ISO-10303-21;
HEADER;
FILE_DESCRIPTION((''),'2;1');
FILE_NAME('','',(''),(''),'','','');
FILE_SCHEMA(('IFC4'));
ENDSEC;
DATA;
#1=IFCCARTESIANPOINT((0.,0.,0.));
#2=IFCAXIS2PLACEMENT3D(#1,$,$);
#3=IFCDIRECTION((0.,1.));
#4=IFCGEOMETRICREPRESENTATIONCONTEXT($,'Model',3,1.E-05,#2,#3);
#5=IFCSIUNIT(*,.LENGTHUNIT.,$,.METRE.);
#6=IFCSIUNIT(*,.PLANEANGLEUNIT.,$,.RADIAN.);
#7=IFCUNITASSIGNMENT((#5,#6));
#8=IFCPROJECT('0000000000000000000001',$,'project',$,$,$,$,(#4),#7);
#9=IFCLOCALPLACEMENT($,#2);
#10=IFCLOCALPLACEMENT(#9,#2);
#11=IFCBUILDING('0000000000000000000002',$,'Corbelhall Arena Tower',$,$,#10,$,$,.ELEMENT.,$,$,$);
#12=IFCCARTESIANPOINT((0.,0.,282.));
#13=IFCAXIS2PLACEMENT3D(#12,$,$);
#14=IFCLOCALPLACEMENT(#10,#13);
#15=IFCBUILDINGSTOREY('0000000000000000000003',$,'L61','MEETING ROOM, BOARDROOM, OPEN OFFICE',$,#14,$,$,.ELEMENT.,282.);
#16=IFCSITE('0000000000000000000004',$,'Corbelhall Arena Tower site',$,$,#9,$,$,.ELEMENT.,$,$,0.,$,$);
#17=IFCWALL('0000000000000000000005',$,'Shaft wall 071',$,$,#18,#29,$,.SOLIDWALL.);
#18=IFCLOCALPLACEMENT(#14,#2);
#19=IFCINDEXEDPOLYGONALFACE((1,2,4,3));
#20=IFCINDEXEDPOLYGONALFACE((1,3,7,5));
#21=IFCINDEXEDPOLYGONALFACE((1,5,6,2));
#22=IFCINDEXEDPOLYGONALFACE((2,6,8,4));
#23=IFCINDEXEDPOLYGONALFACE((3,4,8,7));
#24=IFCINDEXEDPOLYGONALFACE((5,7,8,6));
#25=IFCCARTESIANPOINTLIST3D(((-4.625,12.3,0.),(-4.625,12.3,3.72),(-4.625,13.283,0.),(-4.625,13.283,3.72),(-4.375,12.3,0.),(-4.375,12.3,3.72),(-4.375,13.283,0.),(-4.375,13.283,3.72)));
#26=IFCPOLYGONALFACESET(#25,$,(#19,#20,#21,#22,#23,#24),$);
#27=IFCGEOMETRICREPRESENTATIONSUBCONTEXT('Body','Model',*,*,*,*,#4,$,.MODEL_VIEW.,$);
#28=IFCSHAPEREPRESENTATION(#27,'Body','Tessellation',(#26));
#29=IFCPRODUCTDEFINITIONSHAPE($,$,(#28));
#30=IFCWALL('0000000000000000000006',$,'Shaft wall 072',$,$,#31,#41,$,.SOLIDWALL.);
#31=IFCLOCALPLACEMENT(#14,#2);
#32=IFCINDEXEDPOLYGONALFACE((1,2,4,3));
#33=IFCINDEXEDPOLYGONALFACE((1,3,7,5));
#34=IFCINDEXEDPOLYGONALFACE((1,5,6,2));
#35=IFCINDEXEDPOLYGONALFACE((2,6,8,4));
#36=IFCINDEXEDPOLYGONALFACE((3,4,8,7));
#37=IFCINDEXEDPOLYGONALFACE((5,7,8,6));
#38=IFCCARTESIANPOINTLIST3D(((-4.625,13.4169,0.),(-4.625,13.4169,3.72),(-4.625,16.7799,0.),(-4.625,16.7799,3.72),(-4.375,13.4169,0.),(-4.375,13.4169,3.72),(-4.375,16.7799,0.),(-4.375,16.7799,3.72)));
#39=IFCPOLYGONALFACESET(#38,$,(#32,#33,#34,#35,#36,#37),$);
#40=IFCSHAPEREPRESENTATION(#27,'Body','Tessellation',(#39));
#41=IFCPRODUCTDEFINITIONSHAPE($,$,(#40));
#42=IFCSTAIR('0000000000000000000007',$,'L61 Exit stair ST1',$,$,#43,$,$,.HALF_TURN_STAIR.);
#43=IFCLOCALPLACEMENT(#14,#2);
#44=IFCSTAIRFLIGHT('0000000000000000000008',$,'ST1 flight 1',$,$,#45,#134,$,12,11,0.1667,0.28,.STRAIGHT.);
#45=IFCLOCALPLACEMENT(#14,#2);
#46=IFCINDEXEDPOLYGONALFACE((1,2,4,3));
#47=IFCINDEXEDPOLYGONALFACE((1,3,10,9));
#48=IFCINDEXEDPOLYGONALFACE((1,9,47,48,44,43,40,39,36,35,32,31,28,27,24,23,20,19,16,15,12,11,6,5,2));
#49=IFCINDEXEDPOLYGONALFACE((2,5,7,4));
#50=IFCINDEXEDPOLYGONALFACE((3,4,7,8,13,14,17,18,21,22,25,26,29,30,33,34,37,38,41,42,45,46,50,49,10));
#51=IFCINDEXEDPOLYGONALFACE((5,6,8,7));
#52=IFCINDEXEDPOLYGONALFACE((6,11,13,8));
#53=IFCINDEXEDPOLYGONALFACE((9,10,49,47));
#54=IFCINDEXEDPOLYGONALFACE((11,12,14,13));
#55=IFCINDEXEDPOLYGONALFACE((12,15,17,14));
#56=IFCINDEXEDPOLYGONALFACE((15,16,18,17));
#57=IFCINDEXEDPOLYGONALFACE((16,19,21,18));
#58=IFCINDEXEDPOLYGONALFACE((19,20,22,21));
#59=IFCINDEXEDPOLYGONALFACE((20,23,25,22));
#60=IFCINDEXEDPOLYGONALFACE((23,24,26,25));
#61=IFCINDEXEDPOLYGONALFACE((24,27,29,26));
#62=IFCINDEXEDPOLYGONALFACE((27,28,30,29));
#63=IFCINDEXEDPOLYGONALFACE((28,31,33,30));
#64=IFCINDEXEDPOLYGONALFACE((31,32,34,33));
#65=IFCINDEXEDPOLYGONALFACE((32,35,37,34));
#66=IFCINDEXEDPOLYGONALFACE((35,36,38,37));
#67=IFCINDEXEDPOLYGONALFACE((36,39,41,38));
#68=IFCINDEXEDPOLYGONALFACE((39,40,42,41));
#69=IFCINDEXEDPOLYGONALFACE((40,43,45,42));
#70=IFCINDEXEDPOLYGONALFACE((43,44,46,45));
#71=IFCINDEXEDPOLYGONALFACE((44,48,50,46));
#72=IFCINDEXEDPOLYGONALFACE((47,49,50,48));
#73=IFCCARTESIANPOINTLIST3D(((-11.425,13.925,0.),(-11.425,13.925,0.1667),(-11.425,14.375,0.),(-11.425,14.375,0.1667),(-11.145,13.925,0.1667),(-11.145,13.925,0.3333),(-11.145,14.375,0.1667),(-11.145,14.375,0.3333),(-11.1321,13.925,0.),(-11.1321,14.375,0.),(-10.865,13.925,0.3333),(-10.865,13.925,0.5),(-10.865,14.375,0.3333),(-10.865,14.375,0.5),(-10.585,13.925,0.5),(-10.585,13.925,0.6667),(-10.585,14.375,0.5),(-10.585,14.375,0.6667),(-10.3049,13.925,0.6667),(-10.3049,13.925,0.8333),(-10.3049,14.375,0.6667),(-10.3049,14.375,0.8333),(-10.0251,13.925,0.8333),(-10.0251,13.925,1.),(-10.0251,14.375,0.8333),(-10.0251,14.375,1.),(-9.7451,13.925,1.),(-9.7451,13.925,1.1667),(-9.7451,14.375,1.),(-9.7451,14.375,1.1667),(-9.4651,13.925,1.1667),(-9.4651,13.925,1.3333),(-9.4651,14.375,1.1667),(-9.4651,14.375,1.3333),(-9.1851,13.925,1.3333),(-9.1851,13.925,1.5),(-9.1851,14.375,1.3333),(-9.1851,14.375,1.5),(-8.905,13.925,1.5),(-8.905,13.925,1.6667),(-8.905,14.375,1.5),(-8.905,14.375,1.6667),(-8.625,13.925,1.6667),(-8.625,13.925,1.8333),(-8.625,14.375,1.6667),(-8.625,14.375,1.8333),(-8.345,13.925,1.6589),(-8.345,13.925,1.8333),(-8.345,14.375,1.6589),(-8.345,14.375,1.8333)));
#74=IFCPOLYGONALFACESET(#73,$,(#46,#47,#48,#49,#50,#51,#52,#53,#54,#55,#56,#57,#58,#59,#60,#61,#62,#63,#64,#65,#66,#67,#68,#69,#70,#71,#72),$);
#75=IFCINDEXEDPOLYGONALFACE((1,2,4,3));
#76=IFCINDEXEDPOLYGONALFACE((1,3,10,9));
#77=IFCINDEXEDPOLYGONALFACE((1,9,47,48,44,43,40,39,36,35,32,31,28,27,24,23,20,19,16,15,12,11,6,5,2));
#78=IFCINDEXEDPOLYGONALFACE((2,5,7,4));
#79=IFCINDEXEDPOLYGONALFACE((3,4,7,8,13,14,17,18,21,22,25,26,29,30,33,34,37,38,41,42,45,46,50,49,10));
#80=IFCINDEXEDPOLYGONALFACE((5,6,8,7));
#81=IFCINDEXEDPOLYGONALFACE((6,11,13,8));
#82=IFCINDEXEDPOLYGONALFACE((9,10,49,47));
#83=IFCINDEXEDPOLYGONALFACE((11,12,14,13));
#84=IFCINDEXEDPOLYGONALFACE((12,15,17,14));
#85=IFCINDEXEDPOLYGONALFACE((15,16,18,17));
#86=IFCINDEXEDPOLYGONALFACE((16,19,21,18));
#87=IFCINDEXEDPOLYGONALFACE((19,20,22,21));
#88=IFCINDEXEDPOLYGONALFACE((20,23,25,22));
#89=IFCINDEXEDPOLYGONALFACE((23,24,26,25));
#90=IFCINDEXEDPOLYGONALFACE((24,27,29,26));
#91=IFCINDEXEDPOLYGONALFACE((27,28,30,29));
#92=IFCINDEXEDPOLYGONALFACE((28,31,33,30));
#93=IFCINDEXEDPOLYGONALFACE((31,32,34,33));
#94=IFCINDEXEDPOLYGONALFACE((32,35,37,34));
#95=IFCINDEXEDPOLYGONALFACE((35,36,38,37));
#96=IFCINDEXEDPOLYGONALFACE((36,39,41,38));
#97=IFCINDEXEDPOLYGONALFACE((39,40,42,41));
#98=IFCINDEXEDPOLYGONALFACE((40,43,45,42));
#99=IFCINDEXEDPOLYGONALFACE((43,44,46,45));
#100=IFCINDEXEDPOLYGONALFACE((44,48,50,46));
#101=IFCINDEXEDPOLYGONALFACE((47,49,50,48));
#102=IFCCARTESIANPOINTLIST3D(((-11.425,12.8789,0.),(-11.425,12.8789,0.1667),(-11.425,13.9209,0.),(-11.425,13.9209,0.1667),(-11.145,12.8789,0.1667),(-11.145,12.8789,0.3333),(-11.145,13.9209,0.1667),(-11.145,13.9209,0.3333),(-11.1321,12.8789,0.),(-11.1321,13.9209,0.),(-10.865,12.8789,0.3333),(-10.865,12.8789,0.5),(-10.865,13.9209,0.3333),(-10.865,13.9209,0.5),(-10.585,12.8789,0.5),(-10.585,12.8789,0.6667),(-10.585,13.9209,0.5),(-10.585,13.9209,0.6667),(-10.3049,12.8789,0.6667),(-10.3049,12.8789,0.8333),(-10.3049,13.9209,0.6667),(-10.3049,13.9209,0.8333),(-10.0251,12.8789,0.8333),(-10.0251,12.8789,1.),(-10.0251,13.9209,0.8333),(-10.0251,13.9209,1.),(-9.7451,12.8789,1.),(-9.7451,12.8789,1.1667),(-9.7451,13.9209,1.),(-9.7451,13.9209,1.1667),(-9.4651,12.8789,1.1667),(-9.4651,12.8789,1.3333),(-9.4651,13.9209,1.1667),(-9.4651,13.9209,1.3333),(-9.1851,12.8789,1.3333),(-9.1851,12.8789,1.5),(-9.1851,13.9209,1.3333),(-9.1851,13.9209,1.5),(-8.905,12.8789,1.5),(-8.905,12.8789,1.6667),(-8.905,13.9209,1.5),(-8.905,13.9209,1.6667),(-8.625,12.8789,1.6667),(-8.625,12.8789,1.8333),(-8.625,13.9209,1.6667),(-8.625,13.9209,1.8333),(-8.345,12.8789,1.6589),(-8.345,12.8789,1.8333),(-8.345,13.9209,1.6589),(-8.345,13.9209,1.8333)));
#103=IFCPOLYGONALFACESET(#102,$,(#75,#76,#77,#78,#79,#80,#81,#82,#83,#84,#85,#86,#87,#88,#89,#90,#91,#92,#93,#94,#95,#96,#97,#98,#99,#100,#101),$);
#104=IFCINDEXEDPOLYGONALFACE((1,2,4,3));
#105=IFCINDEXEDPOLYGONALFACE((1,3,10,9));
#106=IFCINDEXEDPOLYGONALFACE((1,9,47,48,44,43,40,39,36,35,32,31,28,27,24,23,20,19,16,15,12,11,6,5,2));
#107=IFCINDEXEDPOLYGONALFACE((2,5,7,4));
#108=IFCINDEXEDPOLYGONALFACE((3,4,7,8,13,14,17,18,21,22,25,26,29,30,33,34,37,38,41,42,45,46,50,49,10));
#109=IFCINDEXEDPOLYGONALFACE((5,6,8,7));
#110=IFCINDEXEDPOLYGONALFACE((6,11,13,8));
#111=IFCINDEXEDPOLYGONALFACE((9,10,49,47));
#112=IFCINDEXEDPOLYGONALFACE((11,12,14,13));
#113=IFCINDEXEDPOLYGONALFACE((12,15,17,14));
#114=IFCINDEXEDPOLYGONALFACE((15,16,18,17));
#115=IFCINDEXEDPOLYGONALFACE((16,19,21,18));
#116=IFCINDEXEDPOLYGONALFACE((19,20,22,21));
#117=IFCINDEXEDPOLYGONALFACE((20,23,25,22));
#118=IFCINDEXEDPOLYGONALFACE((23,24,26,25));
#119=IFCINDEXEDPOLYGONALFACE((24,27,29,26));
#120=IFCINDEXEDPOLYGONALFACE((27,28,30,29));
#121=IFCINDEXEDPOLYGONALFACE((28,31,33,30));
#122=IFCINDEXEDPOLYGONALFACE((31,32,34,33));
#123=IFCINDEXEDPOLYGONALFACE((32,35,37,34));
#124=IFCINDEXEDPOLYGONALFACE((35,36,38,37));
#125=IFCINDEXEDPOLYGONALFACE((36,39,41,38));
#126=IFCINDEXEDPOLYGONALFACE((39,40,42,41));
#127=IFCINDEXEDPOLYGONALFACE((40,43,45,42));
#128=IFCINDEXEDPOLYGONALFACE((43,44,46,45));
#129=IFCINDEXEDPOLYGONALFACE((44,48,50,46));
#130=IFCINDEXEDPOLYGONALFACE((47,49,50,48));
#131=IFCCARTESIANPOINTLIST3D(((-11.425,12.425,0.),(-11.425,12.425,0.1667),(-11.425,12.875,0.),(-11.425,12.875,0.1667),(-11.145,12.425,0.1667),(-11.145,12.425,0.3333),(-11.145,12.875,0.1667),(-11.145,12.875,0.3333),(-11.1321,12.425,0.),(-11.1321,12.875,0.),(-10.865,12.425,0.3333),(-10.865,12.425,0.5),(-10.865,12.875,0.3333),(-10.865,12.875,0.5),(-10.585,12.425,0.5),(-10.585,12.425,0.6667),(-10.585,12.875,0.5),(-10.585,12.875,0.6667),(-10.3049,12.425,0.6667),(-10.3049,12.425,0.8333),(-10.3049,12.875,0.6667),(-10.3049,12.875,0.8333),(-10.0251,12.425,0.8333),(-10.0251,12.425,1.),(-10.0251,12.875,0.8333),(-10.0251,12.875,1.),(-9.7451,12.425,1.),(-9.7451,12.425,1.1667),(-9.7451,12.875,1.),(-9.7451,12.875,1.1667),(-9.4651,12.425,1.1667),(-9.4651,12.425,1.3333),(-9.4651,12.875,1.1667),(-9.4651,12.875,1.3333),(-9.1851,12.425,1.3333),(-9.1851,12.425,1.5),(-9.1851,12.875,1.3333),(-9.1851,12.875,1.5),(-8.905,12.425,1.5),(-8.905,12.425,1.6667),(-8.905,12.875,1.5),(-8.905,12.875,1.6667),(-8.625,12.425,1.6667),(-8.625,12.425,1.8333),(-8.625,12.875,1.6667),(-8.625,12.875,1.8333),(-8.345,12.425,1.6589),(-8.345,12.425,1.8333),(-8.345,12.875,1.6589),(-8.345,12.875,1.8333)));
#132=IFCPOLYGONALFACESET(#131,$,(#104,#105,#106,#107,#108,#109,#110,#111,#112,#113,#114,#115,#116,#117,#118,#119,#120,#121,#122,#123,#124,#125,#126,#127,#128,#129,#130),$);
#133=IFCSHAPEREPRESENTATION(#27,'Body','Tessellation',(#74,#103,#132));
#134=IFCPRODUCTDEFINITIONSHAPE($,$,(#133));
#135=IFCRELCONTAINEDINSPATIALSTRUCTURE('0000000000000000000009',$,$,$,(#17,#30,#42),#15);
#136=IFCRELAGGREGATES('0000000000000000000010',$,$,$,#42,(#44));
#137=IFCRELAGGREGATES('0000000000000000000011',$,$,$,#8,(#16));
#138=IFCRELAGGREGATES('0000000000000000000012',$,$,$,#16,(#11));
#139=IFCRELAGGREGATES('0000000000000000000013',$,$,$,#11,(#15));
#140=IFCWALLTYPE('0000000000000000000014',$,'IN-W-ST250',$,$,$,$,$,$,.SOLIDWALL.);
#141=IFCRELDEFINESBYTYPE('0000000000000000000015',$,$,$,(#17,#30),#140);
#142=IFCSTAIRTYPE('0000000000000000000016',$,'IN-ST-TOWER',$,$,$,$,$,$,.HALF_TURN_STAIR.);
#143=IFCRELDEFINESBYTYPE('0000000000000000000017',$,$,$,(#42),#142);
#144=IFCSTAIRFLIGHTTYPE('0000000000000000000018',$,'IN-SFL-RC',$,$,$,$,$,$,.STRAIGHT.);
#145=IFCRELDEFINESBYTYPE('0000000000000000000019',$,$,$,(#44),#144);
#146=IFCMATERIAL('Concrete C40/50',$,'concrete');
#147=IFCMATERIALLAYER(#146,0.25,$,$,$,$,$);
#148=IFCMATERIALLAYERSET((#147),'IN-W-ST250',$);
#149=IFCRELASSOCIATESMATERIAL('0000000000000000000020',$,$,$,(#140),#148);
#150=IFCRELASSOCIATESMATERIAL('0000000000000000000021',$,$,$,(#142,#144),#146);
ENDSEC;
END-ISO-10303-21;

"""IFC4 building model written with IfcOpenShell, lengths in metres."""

from ifc_helpers import new_model, si_unit, direction, frame, frame_2d, origin, place, context, subcontext, project, spatial, polyline, rectangle, outline, extrude, material, layer, layer_set, type_object, element, aggregate, save


model = new_model("IFC4")

# Units and contexts
model_context = context("Model", 3, precision=1e-05, world=origin(), true_north=direction((0.0, 1.0)))
body_context = subcontext(model_context, "Body", "Model", "MODEL_VIEW")
ifc_project = project(units=[si_unit("LENGTHUNIT", "METRE"), si_unit("PLANEANGLEUNIT", "RADIAN")], contexts=[model_context])

# Site, building, storey
site_placement = place(None, origin())
site = spatial("IfcSite", under=ifc_project, at=site_placement, Name="Corbelhall Arena Tower site", CompositionType="ELEMENT", RefElevation=0.0)
building_placement = place(site_placement, origin())
building = spatial("IfcBuilding", under=site, at=building_placement, Name="Corbelhall Arena Tower", CompositionType="ELEMENT")
storey_placement = place(building_placement, frame((0.0, 0.0, 282.0)))
storey = spatial("IfcBuildingStorey", under=building, at=storey_placement, Name="L61", Description="MEETING ROOM, BOARDROOM, OPEN OFFICE", CompositionType="ELEMENT", Elevation=282.0)

# Walls
ifc_material_1 = material(Name="Concrete C40/50", Category="concrete")
ifc_layer_1 = layer(ifc_material_1, 0.25)
ifc_layer_set_1 = layer_set([ifc_layer_1], Name="IN-W-ST250")
wall_type_1 = type_object("IfcWallType", Name="IN-W-ST250", PredefinedType="SOLIDWALL", material=ifc_layer_set_1)
wall_1_placement = place(storey_placement, frame((-4.5, 13.283, 0.0), z_axis=(0.0, 0.0, 1.0), x_axis=(0.0, -1.0, 0.0)))
element("IfcWall", 1, at=wall_1_placement, inside=storey, type_object=wall_type_1, Name="Shaft wall 071", PredefinedType="SOLIDWALL", context=body_context, shape_type="SweptSolid", body=[
    extrude(rectangle(XDim=0.9829, YDim=0.25, at=frame_2d((0.4915, 0.0))), origin(), (0.0, 0.0, 1.0), 3.72),
])
wall_2_placement = place(storey_placement, frame((-4.5, 16.78, 0.0), z_axis=(0.0, 0.0, 1.0), x_axis=(0.0, -1.0, 0.0)))
element("IfcWall", 2, at=wall_2_placement, inside=storey, type_object=wall_type_1, Name="Shaft wall 072", PredefinedType="SOLIDWALL", context=body_context, shape_type="SweptSolid", body=[
    extrude(rectangle(XDim=3.363, YDim=0.25, at=frame_2d((1.6816, 0.0))), origin(), (0.0, 0.0, 1.0), 3.72),
])

# Stair, stair flight
stair_type = type_object("IfcStairType", Name="IN-ST-TOWER", PredefinedType="HALF_TURN_STAIR", material=ifc_material_1)
stair_placement = place(storey_placement, origin())
stair = element("IfcStair", 3, at=stair_placement, inside=storey, type_object=stair_type, Name="L61 Exit stair ST1", PredefinedType="HALF_TURN_STAIR")
stair_flight_type = type_object("IfcStairFlightType", Name="IN-SFL-RC", PredefinedType="STRAIGHT", material=ifc_material_1)
stair_flight_1_placement = place(storey_placement, frame((-11.425, 13.3999, 0.0), z_axis=(0.0, 0.0, 1.0), x_axis=(1.0, 0.0, 0.0)))
stair_flight_1 = element("IfcStairFlight", 4, at=stair_flight_1_placement, type_object=stair_flight_type, Name="ST1 flight 1", NumberOfRisers=12, NumberOfTreads=11, PredefinedType="STRAIGHT", RiserHeight=0.1667, TreadLength=0.28, context=body_context, shape_type="SweptSolid", body=[
    extrude(outline(polyline([(0.0, 0.0), (0.0, 0.1667), (0.28, 0.1667), (0.28, 0.3333), (0.5601, 0.3333), (0.5601, 0.5), (0.8401, 0.5), (0.8401, 0.6667), (1.1201, 0.6667), (1.1201, 0.8333), (1.3999, 0.8333), (1.3999, 1.0), (1.6799, 1.0), (1.6799, 1.1667), (1.96, 1.1667), (1.96, 1.3333), (2.24, 1.3333), (2.24, 1.5), (2.52, 1.5), (2.52, 1.6667), (2.8, 1.6667), (2.8, 1.8333), (3.0801, 1.8333), (3.0801, 2.0), (3.0801, 1.6589), (0.293, 0.0), (0.0, 0.0)])), frame((0.0, 0.9751, 0.0), z_axis=(0.0, -1.0, 0.0), x_axis=(1.0, 0.0, 0.0)), (0.0, 0.0, 1.0), 0.45),
    extrude(outline(polyline([(0.0, 0.0), (0.0, 0.1667), (0.28, 0.1667), (0.28, 0.3333), (0.5601, 0.3333), (0.5601, 0.5), (0.8401, 0.5), (0.8401, 0.6667), (1.1201, 0.6667), (1.1201, 0.8333), (1.3999, 0.8333), (1.3999, 1.0), (1.6799, 1.0), (1.6799, 1.1667), (1.96, 1.1667), (1.96, 1.3333), (2.24, 1.3333), (2.24, 1.5), (2.52, 1.5), (2.52, 1.6667), (2.8, 1.6667), (2.8, 1.8333), (3.0801, 1.8333), (3.0801, 2.0), (3.0801, 1.6589), (0.293, 0.0), (0.0, 0.0)])), frame((0.0, 0.521, 0.0), z_axis=(0.0, -1.0, 0.0), x_axis=(1.0, 0.0, 0.0)), (0.0, 0.0, 1.0), 1.042),
    extrude(outline(polyline([(0.0, 0.0), (0.0, 0.1667), (0.28, 0.1667), (0.28, 0.3333), (0.5601, 0.3333), (0.5601, 0.5), (0.8401, 0.5), (0.8401, 0.6667), (1.1201, 0.6667), (1.1201, 0.8333), (1.3999, 0.8333), (1.3999, 1.0), (1.6799, 1.0), (1.6799, 1.1667), (1.96, 1.1667), (1.96, 1.3333), (2.24, 1.3333), (2.24, 1.5), (2.52, 1.5), (2.52, 1.6667), (2.8, 1.6667), (2.8, 1.8333), (3.0801, 1.8333), (3.0801, 2.0), (3.0801, 1.6589), (0.293, 0.0), (0.0, 0.0)])), frame((0.0, -0.5249, 0.0), z_axis=(0.0, -1.0, 0.0), x_axis=(1.0, 0.0, 0.0)), (0.0, 0.0, 1.0), 0.45),
])
aggregate(stair, [stair_flight_1])

save(model, "model.ifc")
